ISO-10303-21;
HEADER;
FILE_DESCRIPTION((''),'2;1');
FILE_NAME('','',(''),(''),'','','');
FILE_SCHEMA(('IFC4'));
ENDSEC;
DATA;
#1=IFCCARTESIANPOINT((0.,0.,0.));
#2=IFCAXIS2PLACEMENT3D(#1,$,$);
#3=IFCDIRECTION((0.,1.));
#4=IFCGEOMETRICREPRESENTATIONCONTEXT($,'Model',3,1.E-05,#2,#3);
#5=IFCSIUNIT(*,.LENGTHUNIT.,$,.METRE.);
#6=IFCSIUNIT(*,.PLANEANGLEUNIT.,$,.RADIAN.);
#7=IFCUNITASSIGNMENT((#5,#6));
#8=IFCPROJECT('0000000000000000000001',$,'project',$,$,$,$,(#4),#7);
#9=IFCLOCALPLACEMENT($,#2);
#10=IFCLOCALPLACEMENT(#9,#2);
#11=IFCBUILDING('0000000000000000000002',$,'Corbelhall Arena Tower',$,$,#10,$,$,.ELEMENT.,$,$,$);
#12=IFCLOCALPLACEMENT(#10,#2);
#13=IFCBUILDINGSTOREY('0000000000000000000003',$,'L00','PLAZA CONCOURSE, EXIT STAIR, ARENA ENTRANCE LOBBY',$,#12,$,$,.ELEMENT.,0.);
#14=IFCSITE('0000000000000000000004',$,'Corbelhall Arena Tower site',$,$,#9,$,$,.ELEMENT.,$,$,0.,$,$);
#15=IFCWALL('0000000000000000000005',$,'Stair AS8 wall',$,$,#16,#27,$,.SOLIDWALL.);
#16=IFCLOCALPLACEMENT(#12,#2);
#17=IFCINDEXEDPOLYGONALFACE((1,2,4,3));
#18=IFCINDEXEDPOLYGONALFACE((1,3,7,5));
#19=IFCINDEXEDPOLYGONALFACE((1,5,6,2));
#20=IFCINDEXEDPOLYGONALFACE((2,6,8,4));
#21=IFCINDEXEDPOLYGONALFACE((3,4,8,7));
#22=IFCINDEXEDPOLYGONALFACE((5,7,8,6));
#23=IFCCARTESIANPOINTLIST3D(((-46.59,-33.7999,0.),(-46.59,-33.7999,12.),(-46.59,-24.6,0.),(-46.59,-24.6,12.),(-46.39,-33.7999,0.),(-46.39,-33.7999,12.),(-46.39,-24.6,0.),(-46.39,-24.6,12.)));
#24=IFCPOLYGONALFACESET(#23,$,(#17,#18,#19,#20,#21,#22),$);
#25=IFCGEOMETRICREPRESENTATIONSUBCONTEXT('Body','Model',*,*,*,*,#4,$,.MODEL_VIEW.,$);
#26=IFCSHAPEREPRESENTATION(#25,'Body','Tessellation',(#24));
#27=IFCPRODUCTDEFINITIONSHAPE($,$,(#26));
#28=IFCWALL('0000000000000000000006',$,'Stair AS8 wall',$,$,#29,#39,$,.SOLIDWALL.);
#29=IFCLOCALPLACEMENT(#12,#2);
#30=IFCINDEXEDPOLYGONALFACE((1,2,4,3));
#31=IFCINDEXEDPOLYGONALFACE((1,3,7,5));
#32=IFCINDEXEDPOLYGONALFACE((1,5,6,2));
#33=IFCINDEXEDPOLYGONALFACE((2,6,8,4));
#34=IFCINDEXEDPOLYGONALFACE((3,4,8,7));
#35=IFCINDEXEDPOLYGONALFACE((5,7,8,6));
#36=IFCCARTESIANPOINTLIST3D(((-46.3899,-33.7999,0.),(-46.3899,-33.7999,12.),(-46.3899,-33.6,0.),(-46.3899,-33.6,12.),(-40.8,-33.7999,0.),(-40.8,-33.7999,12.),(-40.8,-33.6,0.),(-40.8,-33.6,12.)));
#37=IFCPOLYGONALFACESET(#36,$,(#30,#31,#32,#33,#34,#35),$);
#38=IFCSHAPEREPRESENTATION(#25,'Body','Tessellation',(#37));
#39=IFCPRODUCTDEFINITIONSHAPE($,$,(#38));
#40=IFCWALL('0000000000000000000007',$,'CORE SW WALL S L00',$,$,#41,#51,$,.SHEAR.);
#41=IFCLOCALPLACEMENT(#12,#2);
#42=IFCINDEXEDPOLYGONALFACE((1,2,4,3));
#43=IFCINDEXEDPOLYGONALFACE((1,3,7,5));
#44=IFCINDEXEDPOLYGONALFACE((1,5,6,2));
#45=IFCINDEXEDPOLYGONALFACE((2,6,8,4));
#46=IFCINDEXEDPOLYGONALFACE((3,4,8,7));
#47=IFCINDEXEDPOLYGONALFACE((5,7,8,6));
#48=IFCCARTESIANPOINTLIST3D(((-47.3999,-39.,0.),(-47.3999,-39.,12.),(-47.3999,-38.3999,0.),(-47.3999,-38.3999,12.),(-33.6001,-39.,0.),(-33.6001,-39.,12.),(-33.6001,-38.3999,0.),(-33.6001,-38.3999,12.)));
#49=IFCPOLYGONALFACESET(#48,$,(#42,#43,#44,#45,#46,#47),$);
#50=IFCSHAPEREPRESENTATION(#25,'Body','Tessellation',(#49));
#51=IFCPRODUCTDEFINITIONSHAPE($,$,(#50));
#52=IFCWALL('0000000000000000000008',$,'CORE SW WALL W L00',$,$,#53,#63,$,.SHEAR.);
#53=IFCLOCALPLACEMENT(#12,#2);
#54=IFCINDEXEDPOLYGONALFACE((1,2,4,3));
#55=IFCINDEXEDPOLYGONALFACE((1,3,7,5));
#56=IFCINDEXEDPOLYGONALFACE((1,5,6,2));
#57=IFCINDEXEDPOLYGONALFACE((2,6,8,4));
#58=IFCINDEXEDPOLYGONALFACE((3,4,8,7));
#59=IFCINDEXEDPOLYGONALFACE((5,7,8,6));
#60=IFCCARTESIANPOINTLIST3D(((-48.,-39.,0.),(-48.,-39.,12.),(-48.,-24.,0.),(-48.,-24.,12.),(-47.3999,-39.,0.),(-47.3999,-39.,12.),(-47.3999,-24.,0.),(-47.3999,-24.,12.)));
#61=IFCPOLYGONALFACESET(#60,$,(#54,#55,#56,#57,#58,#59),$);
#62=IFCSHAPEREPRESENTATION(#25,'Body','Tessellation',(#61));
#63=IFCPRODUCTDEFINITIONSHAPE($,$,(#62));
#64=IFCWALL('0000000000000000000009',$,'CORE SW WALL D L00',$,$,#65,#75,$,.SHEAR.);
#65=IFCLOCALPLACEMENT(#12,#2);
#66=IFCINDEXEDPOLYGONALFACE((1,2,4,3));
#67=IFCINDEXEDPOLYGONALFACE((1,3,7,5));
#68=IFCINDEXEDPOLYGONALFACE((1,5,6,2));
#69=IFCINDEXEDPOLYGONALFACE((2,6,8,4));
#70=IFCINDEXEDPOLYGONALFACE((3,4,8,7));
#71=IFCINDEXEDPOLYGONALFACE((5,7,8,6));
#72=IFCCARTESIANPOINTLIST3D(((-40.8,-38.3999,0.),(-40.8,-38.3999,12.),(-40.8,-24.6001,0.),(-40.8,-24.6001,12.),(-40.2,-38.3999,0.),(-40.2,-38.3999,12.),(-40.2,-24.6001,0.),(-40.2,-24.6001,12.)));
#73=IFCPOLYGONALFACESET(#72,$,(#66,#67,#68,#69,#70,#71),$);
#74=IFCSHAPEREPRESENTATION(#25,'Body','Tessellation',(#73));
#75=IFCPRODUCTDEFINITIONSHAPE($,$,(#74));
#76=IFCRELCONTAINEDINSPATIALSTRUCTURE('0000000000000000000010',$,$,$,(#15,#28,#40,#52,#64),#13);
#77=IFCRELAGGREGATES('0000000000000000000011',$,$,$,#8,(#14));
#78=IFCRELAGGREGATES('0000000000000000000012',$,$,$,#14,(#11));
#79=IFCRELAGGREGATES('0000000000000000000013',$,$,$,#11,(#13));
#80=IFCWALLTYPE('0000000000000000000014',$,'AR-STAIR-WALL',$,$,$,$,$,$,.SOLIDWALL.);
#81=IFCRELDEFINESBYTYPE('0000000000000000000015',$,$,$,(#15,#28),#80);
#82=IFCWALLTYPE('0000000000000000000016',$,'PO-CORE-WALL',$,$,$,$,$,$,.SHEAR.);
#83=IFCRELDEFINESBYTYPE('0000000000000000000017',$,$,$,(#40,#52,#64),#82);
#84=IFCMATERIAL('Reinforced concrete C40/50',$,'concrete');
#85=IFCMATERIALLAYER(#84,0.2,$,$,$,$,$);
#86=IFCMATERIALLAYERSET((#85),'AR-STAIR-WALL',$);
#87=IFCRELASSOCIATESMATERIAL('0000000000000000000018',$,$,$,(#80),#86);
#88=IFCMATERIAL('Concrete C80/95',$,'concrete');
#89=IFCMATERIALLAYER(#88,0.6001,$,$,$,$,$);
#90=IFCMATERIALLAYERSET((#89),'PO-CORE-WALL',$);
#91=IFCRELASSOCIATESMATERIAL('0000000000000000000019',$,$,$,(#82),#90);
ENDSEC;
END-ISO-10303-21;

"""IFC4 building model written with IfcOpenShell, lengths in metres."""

from ifc_helpers import new_model, si_unit, direction, frame, frame_2d, origin, place, context, subcontext, project, spatial, rectangle, extrude, material, layer, layer_set, type_object, element, save


model = new_model("IFC4")

# Units and contexts
model_context = context("Model", 3, precision=1e-05, world=origin(), true_north=direction((0.0, 1.0)))
body_context = subcontext(model_context, "Body", "Model", "MODEL_VIEW")
ifc_project = project(units=[si_unit("LENGTHUNIT", "METRE"), si_unit("PLANEANGLEUNIT", "RADIAN")], contexts=[model_context])

# Site, building, storey
site_placement = place(None, origin())
site = spatial("IfcSite", under=ifc_project, at=site_placement, Name="Corbelhall Arena Tower site", CompositionType="ELEMENT", RefElevation=0.0)
building_placement = place(site_placement, origin())
building = spatial("IfcBuilding", under=site, at=building_placement, Name="Corbelhall Arena Tower", CompositionType="ELEMENT")
storey_placement = place(building_placement, origin())
storey = spatial("IfcBuildingStorey", under=building, at=storey_placement, Name="L00", Description="PLAZA CONCOURSE, EXIT STAIR, ARENA ENTRANCE LOBBY", CompositionType="ELEMENT", Elevation=0.0)

# Shared definitions
ifc_material_1 = material(Name="Reinforced concrete C40/50", Category="concrete")

# Walls
ifc_layer_1 = layer(ifc_material_1, 0.2)
ifc_layer_set_1 = layer_set([ifc_layer_1], Name="AR-STAIR-WALL")
wall_type_1 = type_object("IfcWallType", Name="AR-STAIR-WALL", PredefinedType="SOLIDWALL", material=ifc_layer_set_1)
wall_1_placement = place(storey_placement, frame((-46.49, -33.8, 0.0), z_axis=(0.0, 0.0, 1.0), x_axis=(0.0, 1.0, 0.0)))
element("IfcWall", 1, at=wall_1_placement, inside=storey, type_object=wall_type_1, Name="Stair AS8 wall", PredefinedType="SOLIDWALL", context=body_context, shape_type="SweptSolid", body=[
    extrude(rectangle(XDim=9.2, YDim=0.2, at=frame_2d((4.6001, 0.0))), origin(), (0.0, 0.0, 1.0), 12.0),
])
wall_2_placement = place(storey_placement, frame((-46.3899, -33.7, 0.0), z_axis=(0.0, 0.0, 1.0), x_axis=(1.0, 0.0, 0.0)))
element("IfcWall", 2, at=wall_2_placement, inside=storey, type_object=wall_type_1, Name="Stair AS8 wall", PredefinedType="SOLIDWALL", context=body_context, shape_type="SweptSolid", body=[
    extrude(rectangle(XDim=5.5898, YDim=0.2, at=frame_2d((2.7949, 0.0))), origin(), (0.0, 0.0, 1.0), 12.0),
])
ifc_material_2 = material(Name="Concrete C80/95", Category="concrete")
ifc_layer_2 = layer(ifc_material_2, 0.6001)
ifc_layer_set_2 = layer_set([ifc_layer_2], Name="PO-CORE-WALL")
wall_type_2 = type_object("IfcWallType", Name="PO-CORE-WALL", PredefinedType="SHEAR", material=ifc_layer_set_2)
wall_3_placement = place(storey_placement, frame((-47.3999, -38.7, 0.0), z_axis=(0.0, 0.0, 1.0), x_axis=(1.0, 0.0, 0.0)))
element("IfcWall", 3, at=wall_3_placement, inside=storey, type_object=wall_type_2, Name="CORE SW WALL S L00", PredefinedType="SHEAR", context=body_context, shape_type="SweptSolid", body=[
    extrude(rectangle(XDim=13.7998, YDim=0.6001, at=frame_2d((6.8999, 0.0))), origin(), (0.0, 0.0, 1.0), 12.0),
])
wall_4_placement = place(storey_placement, frame((-47.7, -39.0, 0.0), z_axis=(0.0, 0.0, 1.0), x_axis=(0.0, 1.0, 0.0)))
element("IfcWall", 4, at=wall_4_placement, inside=storey, type_object=wall_type_2, Name="CORE SW WALL W L00", PredefinedType="SHEAR", context=body_context, shape_type="SweptSolid", body=[
    extrude(rectangle(XDim=15.0, YDim=0.6001, at=frame_2d((7.5, 0.0))), origin(), (0.0, 0.0, 1.0), 12.0),
])
wall_5_placement = place(storey_placement, frame((-40.5, -38.3999, 0.0), z_axis=(0.0, 0.0, 1.0), x_axis=(0.0, 1.0, 0.0)))
element("IfcWall", 5, at=wall_5_placement, inside=storey, type_object=wall_type_2, Name="CORE SW WALL D L00", PredefinedType="SHEAR", context=body_context, shape_type="SweptSolid", body=[
    extrude(rectangle(XDim=13.7998, YDim=0.6001, at=frame_2d((6.8999, 0.0))), origin(), (0.0, 0.0, 1.0), 12.0),
])

save(model, "model.ifc")
